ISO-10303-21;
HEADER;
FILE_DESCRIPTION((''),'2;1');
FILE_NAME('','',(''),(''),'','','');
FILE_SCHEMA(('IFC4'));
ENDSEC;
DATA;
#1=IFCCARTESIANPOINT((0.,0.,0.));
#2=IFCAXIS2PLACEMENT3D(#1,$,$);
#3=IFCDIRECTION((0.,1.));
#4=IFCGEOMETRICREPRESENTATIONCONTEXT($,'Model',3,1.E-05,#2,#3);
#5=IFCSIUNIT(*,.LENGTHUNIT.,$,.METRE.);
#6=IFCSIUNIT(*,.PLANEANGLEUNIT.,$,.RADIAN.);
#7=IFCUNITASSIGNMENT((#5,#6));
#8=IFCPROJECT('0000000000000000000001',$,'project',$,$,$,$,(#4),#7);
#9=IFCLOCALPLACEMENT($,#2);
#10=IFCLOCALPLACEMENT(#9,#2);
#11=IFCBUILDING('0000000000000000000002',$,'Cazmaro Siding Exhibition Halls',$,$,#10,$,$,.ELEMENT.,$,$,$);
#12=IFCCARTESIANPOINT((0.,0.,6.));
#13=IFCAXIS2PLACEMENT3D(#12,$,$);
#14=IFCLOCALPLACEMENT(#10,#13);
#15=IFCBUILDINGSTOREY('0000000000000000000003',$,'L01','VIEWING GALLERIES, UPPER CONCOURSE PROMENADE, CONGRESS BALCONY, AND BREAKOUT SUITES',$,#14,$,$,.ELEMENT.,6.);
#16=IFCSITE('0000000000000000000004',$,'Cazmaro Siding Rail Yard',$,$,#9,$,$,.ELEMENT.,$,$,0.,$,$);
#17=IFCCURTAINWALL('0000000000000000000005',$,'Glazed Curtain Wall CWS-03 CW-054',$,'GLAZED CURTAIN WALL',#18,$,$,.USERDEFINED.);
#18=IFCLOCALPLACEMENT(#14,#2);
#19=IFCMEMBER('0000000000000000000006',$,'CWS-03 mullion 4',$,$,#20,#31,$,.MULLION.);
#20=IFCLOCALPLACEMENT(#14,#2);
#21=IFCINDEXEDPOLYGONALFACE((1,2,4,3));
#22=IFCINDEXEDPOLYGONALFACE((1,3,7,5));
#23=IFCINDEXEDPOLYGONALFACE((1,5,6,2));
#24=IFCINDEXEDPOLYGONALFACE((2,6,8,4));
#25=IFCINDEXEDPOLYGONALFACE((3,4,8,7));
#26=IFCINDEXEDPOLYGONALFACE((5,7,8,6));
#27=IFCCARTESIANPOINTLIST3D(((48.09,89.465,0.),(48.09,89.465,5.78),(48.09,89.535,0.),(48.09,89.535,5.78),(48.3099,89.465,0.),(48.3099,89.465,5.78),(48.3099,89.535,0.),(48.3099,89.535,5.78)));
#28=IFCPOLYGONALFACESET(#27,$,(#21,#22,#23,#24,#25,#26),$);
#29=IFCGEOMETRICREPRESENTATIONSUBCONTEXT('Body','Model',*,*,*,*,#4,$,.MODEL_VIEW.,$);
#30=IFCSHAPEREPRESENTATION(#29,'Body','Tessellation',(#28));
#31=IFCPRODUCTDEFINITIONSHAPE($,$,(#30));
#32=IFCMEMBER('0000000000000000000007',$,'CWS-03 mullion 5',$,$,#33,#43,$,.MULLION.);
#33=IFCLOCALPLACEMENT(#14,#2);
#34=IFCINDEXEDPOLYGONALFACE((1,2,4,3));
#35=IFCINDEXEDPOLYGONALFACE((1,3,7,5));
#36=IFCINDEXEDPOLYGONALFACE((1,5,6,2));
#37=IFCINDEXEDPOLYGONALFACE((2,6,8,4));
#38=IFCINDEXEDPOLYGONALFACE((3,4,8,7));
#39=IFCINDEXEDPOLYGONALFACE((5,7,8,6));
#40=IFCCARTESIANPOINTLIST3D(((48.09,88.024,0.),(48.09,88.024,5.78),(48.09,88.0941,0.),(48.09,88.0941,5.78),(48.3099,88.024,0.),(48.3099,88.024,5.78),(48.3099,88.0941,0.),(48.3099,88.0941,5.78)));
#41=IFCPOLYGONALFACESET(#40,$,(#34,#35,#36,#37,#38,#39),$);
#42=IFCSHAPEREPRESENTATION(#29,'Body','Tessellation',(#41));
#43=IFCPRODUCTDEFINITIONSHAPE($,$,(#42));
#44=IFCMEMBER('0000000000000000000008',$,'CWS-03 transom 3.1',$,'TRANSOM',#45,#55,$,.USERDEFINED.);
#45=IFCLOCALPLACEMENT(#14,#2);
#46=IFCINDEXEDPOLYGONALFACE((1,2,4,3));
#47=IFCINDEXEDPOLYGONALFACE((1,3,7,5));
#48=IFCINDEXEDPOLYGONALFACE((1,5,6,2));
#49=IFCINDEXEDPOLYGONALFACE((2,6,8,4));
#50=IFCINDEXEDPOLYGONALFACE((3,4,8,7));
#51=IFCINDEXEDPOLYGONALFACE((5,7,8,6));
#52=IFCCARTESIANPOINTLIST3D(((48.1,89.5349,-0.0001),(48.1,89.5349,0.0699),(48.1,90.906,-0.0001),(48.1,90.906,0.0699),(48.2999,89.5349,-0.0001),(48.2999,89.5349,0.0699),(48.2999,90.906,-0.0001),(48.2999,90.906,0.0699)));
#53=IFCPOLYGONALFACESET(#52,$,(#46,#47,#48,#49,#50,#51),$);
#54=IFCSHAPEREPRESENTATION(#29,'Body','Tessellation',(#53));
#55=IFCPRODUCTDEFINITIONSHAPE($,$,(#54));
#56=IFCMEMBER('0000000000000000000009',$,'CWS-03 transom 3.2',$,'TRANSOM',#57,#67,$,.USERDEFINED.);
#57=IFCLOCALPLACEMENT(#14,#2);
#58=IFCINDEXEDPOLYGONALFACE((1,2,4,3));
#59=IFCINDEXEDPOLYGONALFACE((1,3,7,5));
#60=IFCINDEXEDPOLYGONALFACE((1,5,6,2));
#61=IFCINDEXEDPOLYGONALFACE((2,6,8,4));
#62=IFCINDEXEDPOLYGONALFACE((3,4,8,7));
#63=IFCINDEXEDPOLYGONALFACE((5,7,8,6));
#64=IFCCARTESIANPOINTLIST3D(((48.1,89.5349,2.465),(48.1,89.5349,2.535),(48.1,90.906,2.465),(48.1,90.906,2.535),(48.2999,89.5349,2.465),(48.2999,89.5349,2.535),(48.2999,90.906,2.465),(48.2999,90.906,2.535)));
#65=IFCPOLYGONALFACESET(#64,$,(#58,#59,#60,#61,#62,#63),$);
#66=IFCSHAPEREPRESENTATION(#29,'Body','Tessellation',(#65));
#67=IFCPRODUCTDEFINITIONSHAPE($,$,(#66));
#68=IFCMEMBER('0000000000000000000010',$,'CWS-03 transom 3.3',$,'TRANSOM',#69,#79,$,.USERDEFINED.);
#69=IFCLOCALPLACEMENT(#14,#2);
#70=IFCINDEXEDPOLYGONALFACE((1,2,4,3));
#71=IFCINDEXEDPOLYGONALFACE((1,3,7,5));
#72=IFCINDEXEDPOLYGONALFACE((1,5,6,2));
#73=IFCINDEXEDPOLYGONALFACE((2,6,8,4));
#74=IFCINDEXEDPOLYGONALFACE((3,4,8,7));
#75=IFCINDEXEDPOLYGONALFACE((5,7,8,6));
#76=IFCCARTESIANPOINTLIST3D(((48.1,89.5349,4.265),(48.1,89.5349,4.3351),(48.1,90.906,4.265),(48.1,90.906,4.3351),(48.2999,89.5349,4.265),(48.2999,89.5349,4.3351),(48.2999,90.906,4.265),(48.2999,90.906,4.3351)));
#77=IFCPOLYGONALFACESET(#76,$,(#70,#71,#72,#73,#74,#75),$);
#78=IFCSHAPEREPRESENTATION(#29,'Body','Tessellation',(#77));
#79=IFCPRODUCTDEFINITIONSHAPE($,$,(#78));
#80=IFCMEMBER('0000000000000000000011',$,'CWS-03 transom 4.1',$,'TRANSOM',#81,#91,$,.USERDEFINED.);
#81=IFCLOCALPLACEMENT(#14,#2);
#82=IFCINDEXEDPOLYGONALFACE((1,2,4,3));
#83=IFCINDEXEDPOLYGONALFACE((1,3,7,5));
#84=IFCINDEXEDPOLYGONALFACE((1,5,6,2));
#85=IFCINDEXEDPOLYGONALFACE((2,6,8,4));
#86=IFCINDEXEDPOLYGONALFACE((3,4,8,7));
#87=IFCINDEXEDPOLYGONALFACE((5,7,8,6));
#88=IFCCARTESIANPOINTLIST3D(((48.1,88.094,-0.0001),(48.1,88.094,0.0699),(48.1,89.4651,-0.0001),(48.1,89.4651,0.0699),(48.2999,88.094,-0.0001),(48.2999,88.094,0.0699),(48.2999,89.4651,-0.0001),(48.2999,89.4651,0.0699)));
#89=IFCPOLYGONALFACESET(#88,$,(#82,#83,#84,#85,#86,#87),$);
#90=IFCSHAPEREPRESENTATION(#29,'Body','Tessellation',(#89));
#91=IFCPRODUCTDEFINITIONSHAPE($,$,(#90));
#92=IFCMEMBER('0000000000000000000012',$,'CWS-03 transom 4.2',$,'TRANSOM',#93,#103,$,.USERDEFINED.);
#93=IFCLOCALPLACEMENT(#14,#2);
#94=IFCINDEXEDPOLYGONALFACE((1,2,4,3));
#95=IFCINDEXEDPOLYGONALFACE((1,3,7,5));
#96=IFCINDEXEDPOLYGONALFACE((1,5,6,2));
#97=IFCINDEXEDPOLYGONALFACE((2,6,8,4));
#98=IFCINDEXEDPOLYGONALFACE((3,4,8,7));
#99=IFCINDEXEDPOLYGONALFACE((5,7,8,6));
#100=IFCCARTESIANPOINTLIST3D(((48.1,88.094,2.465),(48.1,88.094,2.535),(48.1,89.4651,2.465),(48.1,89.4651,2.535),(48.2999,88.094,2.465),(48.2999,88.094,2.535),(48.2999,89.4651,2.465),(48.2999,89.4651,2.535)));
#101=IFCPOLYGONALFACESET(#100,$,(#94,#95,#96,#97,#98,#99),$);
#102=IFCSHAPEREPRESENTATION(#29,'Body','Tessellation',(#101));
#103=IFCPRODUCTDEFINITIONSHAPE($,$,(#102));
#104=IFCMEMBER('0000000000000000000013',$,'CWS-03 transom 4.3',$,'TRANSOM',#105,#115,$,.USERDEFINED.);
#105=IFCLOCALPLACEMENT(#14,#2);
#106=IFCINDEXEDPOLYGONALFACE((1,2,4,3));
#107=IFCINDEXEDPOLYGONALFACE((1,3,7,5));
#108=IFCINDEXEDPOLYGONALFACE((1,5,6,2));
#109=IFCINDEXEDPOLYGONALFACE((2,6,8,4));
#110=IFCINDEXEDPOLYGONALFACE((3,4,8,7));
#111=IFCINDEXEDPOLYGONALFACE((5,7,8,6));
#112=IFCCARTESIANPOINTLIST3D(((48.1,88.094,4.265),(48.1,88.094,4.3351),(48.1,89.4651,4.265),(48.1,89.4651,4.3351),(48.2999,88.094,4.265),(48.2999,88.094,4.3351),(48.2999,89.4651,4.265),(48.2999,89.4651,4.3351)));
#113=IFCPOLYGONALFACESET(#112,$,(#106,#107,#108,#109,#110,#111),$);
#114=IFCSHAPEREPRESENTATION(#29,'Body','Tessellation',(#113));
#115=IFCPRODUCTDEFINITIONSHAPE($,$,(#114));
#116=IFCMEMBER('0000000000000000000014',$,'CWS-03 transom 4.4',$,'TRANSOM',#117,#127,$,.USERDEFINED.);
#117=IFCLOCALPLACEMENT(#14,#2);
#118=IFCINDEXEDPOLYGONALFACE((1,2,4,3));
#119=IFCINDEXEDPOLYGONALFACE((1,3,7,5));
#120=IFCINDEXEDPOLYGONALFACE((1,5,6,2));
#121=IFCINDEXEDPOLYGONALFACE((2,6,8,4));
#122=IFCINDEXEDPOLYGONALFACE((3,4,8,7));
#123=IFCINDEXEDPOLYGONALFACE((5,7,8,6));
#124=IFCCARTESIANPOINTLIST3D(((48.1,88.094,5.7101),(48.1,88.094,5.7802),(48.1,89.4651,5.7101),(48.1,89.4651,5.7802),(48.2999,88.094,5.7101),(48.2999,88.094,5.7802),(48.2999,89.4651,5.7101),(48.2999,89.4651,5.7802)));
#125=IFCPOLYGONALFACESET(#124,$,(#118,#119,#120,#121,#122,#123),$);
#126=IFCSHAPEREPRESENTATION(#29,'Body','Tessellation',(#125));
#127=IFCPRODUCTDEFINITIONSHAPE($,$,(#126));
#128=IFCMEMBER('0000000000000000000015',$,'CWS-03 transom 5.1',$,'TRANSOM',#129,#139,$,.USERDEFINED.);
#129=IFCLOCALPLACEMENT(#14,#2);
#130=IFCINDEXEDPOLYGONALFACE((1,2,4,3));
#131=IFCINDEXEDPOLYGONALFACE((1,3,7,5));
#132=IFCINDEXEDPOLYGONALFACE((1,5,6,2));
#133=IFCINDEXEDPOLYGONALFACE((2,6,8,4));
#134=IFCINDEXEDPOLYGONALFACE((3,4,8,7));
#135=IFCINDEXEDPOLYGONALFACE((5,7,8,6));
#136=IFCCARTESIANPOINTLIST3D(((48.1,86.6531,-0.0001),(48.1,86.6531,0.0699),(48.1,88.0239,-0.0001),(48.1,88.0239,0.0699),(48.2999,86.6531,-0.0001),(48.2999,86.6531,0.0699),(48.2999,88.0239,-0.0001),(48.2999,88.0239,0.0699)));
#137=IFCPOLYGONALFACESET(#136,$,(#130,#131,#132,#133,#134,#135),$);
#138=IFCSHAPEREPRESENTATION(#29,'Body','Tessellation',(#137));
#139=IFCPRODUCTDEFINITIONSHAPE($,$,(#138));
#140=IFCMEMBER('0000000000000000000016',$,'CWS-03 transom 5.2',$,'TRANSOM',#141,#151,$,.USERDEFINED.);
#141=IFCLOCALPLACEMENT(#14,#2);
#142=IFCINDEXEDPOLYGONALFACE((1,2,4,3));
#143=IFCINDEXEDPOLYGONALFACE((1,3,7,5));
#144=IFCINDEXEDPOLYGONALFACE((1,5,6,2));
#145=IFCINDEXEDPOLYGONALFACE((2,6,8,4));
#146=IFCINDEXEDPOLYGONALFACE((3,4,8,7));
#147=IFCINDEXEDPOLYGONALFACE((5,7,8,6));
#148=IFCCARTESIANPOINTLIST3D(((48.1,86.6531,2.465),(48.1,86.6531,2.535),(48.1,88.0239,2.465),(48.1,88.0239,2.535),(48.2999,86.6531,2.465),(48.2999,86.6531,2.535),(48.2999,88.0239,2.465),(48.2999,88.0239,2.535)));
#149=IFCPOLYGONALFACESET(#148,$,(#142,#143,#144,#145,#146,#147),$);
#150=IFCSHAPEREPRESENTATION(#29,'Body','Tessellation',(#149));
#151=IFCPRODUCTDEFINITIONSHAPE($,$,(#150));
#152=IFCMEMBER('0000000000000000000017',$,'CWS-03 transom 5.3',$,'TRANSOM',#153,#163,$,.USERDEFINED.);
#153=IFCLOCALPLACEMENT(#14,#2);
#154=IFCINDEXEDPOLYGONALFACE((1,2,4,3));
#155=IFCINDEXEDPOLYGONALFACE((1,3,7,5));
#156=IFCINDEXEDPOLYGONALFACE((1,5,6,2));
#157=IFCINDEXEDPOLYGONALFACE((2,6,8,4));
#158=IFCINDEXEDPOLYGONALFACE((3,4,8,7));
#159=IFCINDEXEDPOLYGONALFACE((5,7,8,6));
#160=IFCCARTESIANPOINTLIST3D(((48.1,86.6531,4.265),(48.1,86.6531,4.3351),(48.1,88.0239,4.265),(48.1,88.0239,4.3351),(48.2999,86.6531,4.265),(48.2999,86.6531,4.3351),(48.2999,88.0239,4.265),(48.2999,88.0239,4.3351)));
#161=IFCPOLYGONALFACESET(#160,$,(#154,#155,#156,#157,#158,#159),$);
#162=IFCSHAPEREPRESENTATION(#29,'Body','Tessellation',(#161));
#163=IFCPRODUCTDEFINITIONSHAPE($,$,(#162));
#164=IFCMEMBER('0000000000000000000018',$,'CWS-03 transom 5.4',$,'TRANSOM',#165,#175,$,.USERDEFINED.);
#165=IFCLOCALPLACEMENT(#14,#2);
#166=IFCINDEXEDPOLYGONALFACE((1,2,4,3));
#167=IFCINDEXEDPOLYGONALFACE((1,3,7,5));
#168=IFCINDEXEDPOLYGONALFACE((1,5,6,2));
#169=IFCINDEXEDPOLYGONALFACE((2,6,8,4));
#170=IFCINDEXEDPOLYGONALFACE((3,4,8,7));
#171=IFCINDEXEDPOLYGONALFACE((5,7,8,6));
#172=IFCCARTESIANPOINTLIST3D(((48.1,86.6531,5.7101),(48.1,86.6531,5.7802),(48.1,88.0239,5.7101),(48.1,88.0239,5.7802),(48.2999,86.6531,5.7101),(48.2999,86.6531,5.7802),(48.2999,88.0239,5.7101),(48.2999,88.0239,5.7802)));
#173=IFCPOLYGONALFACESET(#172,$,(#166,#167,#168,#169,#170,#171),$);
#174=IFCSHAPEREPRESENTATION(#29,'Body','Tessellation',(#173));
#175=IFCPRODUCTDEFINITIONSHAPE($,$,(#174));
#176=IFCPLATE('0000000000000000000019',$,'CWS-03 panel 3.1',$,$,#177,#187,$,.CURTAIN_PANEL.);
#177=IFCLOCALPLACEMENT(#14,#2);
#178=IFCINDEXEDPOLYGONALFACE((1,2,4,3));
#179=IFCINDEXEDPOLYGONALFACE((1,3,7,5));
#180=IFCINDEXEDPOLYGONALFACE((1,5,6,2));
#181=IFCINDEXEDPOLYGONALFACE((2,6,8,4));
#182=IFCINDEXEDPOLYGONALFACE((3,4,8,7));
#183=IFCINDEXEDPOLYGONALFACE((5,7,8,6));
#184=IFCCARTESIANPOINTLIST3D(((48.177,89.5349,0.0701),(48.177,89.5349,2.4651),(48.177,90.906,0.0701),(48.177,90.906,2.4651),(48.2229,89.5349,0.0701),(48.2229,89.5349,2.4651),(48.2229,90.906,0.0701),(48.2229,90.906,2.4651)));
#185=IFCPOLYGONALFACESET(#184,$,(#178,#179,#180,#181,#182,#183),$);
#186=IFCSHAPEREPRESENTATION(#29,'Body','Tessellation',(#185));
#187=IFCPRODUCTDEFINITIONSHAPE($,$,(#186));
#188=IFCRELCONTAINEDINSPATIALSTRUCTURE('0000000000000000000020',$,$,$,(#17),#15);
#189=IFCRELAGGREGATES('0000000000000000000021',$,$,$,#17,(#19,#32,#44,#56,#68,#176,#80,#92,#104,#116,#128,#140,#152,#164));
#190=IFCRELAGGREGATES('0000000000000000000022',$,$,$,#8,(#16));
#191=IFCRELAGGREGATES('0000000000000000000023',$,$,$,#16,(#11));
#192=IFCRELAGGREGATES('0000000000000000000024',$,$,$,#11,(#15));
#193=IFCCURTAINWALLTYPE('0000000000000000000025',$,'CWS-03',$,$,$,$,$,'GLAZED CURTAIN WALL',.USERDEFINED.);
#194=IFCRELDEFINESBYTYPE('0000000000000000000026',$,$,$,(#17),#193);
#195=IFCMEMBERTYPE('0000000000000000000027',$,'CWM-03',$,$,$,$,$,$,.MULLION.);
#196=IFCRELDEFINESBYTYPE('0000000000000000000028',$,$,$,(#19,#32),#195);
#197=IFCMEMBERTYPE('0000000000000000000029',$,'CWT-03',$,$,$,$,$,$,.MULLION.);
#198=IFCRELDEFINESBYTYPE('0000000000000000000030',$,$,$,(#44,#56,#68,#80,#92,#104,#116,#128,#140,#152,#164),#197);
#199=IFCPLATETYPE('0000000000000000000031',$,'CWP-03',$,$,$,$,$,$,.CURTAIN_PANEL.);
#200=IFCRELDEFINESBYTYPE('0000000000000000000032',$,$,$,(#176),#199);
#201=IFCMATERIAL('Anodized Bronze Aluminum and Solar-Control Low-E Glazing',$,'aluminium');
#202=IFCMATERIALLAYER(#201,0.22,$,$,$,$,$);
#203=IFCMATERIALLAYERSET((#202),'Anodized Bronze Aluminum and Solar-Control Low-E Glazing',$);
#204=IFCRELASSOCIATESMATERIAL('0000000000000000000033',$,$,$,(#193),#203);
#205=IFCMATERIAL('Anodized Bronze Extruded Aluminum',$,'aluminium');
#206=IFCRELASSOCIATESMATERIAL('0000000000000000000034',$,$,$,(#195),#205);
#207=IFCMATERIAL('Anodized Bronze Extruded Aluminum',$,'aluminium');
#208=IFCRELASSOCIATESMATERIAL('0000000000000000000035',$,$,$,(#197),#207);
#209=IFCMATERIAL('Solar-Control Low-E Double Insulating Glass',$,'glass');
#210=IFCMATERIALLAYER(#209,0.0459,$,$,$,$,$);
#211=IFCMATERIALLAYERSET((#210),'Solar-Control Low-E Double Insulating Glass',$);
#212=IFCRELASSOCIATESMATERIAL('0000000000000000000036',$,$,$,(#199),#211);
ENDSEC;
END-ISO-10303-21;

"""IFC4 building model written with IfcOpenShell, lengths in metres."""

from ifc_helpers import new_model, si_unit, direction, frame, origin, origin_2d, place, context, subcontext, project, spatial, rectangle, extrude, material, layer, layer_set, material_profile, profile_set, type_object, element, aggregate, save


model = new_model("IFC4")

# Units and contexts
model_context = context("Model", 3, precision=1e-05, world=origin(), true_north=direction((0.0, 1.0)))
body_context = subcontext(model_context, "Body", "Model", "MODEL_VIEW")
ifc_project = project(units=[si_unit("LENGTHUNIT", "METRE"), si_unit("PLANEANGLEUNIT", "RADIAN")], contexts=[model_context])

# Site, building, storey
site_placement = place(None, origin())
site = spatial("IfcSite", under=ifc_project, at=site_placement, Name="Cazmaro Siding Rail Yard", CompositionType="ELEMENT", RefElevation=0.0)
building_placement = place(site_placement, origin())
building = spatial("IfcBuilding", under=site, at=building_placement, Name="Cazmaro Siding Exhibition Halls", CompositionType="ELEMENT")
storey_placement = place(building_placement, frame((0.0, 0.0, 6.0)))
storey = spatial("IfcBuildingStorey", under=building, at=storey_placement, Name="L01", Description="VIEWING GALLERIES, UPPER CONCOURSE PROMENADE, CONGRESS BALCONY, AND BREAKOUT SUITES", CompositionType="ELEMENT", Elevation=6.0)

# Curtain wall, members, plate
ifc_material_1 = material(Name="Anodized Bronze Aluminum and Solar-Control Low-E Glazing", Category="aluminium")
ifc_layer_1 = layer(ifc_material_1, 0.22)
ifc_layer_set_1 = layer_set([ifc_layer_1], Name="Anodized Bronze Aluminum and Solar-Control Low-E Glazing")
curtain_wall_type = type_object("IfcCurtainWallType", Name="CWS-03", ElementType="GLAZED CURTAIN WALL", PredefinedType="USERDEFINED", material=ifc_layer_set_1)
curtain_wall_placement = place(storey_placement, origin())
curtain_wall = element("IfcCurtainWall", 1, at=curtain_wall_placement, inside=storey, type_object=curtain_wall_type, Name="Glazed Curtain Wall CWS-03 CW-054", ObjectType="GLAZED CURTAIN WALL", PredefinedType="USERDEFINED")
ifc_material_2 = material(Name="Anodized Bronze Extruded Aluminum", Category="aluminium")
ifc_material_profile_1 = material_profile(ifc_material_2, rectangle(XDim=0.22, YDim=0.0701, at=origin_2d()), Name="CWM-03")
ifc_profile_set_1 = profile_set([ifc_material_profile_1], Name="Anodized Bronze Extruded Aluminum")
member_type_1 = type_object("IfcMemberType", Name="CWM-03", PredefinedType="MULLION", material=ifc_profile_set_1)
member_1_placement = place(storey_placement, frame((48.2, 89.5, 0.0), z_axis=(0.0, 0.0, 1.0), x_axis=(1.0, 0.0, 0.0)))
member_1 = element("IfcMember", 2, at=member_1_placement, type_object=member_type_1, Name="CWS-03 mullion 4", PredefinedType="MULLION", context=body_context, shape_type="SweptSolid", body=[
    extrude(rectangle(XDim=0.22, YDim=0.0701, at=origin_2d()), origin(), (0.0, 0.0, 1.0), 5.78),
])
member_2_placement = place(storey_placement, frame((48.2, 88.0591, 0.0), z_axis=(0.0, 0.0, 1.0), x_axis=(1.0, 0.0, 0.0)))
member_2 = element("IfcMember", 3, at=member_2_placement, type_object=member_type_1, Name="CWS-03 mullion 5", PredefinedType="MULLION", context=body_context, shape_type="SweptSolid", body=[
    extrude(rectangle(XDim=0.22, YDim=0.0701, at=origin_2d()), origin(), (0.0, 0.0, 1.0), 5.78),
])
ifc_material_3 = material(Name="Anodized Bronze Extruded Aluminum", Category="aluminium")
ifc_material_profile_2 = material_profile(ifc_material_3, rectangle(XDim=0.2, YDim=0.0701, at=origin_2d()), Name="CWT-03")
ifc_profile_set_2 = profile_set([ifc_material_profile_2], Name="Anodized Bronze Extruded Aluminum")
member_type_2 = type_object("IfcMemberType", Name="CWT-03", PredefinedType="MULLION", material=ifc_profile_set_2)
member_3_placement = place(storey_placement, frame((48.2, 90.906, 0.0349), z_axis=(0.0, -1.0, 0.0), x_axis=(1.0, 0.0, 0.0)))
member_3 = element("IfcMember", 4, at=member_3_placement, type_object=member_type_2, Name="CWS-03 transom 3.1", ObjectType="TRANSOM", PredefinedType="USERDEFINED", context=body_context, shape_type="SweptSolid", body=[
    extrude(rectangle(XDim=0.2, YDim=0.0701, at=origin_2d()), origin(), (0.0, 0.0, 1.0), 1.3711),
])
member_4_placement = place(storey_placement, frame((48.2, 90.906, 2.5), z_axis=(0.0, -1.0, 0.0), x_axis=(1.0, 0.0, 0.0)))
member_4 = element("IfcMember", 5, at=member_4_placement, type_object=member_type_2, Name="CWS-03 transom 3.2", ObjectType="TRANSOM", PredefinedType="USERDEFINED", context=body_context, shape_type="SweptSolid", body=[
    extrude(rectangle(XDim=0.2, YDim=0.0701, at=origin_2d()), origin(), (0.0, 0.0, 1.0), 1.3711),
])
member_5_placement = place(storey_placement, frame((48.2, 90.906, 4.3), z_axis=(0.0, -1.0, 0.0), x_axis=(1.0, 0.0, 0.0)))
member_5 = element("IfcMember", 6, at=member_5_placement, type_object=member_type_2, Name="CWS-03 transom 3.3", ObjectType="TRANSOM", PredefinedType="USERDEFINED", context=body_context, shape_type="SweptSolid", body=[
    extrude(rectangle(XDim=0.2, YDim=0.0701, at=origin_2d()), origin(), (0.0, 0.0, 1.0), 1.3711),
])
member_6_placement = place(storey_placement, frame((48.2, 89.4651, 0.0349), z_axis=(0.0, -1.0, 0.0), x_axis=(1.0, 0.0, 0.0)))
member_6 = element("IfcMember", 7, at=member_6_placement, type_object=member_type_2, Name="CWS-03 transom 4.1", ObjectType="TRANSOM", PredefinedType="USERDEFINED", context=body_context, shape_type="SweptSolid", body=[
    extrude(rectangle(XDim=0.2, YDim=0.0701, at=origin_2d()), origin(), (0.0, 0.0, 1.0), 1.3711),
])
member_7_placement = place(storey_placement, frame((48.2, 89.4651, 2.5), z_axis=(0.0, -1.0, 0.0), x_axis=(1.0, 0.0, 0.0)))
member_7 = element("IfcMember", 8, at=member_7_placement, type_object=member_type_2, Name="CWS-03 transom 4.2", ObjectType="TRANSOM", PredefinedType="USERDEFINED", context=body_context, shape_type="SweptSolid", body=[
    extrude(rectangle(XDim=0.2, YDim=0.0701, at=origin_2d()), origin(), (0.0, 0.0, 1.0), 1.3711),
])
member_8_placement = place(storey_placement, frame((48.2, 89.4651, 4.3), z_axis=(0.0, -1.0, 0.0), x_axis=(1.0, 0.0, 0.0)))
member_8 = element("IfcMember", 9, at=member_8_placement, type_object=member_type_2, Name="CWS-03 transom 4.3", ObjectType="TRANSOM", PredefinedType="USERDEFINED", context=body_context, shape_type="SweptSolid", body=[
    extrude(rectangle(XDim=0.2, YDim=0.0701, at=origin_2d()), origin(), (0.0, 0.0, 1.0), 1.3711),
])
member_9_placement = place(storey_placement, frame((48.2, 89.4651, 5.7451), z_axis=(0.0, -1.0, 0.0), x_axis=(1.0, 0.0, 0.0)))
member_9 = element("IfcMember", 10, at=member_9_placement, type_object=member_type_2, Name="CWS-03 transom 4.4", ObjectType="TRANSOM", PredefinedType="USERDEFINED", context=body_context, shape_type="SweptSolid", body=[
    extrude(rectangle(XDim=0.2, YDim=0.0701, at=origin_2d()), origin(), (0.0, 0.0, 1.0), 1.3711),
])
member_10_placement = place(storey_placement, frame((48.2, 88.0239, 0.0349), z_axis=(0.0, -1.0, 0.0), x_axis=(1.0, 0.0, 0.0)))
member_10 = element("IfcMember", 11, at=member_10_placement, type_object=member_type_2, Name="CWS-03 transom 5.1", ObjectType="TRANSOM", PredefinedType="USERDEFINED", context=body_context, shape_type="SweptSolid", body=[
    extrude(rectangle(XDim=0.2, YDim=0.0701, at=origin_2d()), origin(), (0.0, 0.0, 1.0), 1.3708),
])
member_11_placement = place(storey_placement, frame((48.2, 88.0239, 2.5), z_axis=(0.0, -1.0, 0.0), x_axis=(1.0, 0.0, 0.0)))
member_11 = element("IfcMember", 12, at=member_11_placement, type_object=member_type_2, Name="CWS-03 transom 5.2", ObjectType="TRANSOM", PredefinedType="USERDEFINED", context=body_context, shape_type="SweptSolid", body=[
    extrude(rectangle(XDim=0.2, YDim=0.0701, at=origin_2d()), origin(), (0.0, 0.0, 1.0), 1.3708),
])
member_12_placement = place(storey_placement, frame((48.2, 88.0239, 4.3), z_axis=(0.0, -1.0, 0.0), x_axis=(1.0, 0.0, 0.0)))
member_12 = element("IfcMember", 13, at=member_12_placement, type_object=member_type_2, Name="CWS-03 transom 5.3", ObjectType="TRANSOM", PredefinedType="USERDEFINED", context=body_context, shape_type="SweptSolid", body=[
    extrude(rectangle(XDim=0.2, YDim=0.0701, at=origin_2d()), origin(), (0.0, 0.0, 1.0), 1.3708),
])
member_13_placement = place(storey_placement, frame((48.2, 88.0239, 5.7451), z_axis=(0.0, -1.0, 0.0), x_axis=(1.0, 0.0, 0.0)))
member_13 = element("IfcMember", 14, at=member_13_placement, type_object=member_type_2, Name="CWS-03 transom 5.4", ObjectType="TRANSOM", PredefinedType="USERDEFINED", context=body_context, shape_type="SweptSolid", body=[
    extrude(rectangle(XDim=0.2, YDim=0.0701, at=origin_2d()), origin(), (0.0, 0.0, 1.0), 1.3708),
])
ifc_material_4 = material(Name="Solar-Control Low-E Double Insulating Glass", Category="glass")
ifc_layer_2 = layer(ifc_material_4, 0.0459)
ifc_layer_set_2 = layer_set([ifc_layer_2], Name="Solar-Control Low-E Double Insulating Glass")
plate_type = type_object("IfcPlateType", Name="CWP-03", PredefinedType="CURTAIN_PANEL", material=ifc_layer_set_2)
plate_1_placement = place(storey_placement, frame((48.2, 90.2205, 0.0701), z_axis=(0.0, 0.0, 1.0), x_axis=(0.0, -1.0, 0.0)))
plate_1 = element("IfcPlate", 15, at=plate_1_placement, type_object=plate_type, Name="CWS-03 panel 3.1", PredefinedType="CURTAIN_PANEL", context=body_context, shape_type="SweptSolid", body=[
    extrude(rectangle(XDim=1.3711, YDim=0.0459, at=origin_2d()), origin(), (0.0, 0.0, 1.0), 2.395),
])
aggregate(curtain_wall, [member_1, member_2, member_3, member_4, member_5, plate_1, member_6, member_7, member_8, member_9, member_10, member_11, member_12, member_13])

save(model, "model.ifc")
